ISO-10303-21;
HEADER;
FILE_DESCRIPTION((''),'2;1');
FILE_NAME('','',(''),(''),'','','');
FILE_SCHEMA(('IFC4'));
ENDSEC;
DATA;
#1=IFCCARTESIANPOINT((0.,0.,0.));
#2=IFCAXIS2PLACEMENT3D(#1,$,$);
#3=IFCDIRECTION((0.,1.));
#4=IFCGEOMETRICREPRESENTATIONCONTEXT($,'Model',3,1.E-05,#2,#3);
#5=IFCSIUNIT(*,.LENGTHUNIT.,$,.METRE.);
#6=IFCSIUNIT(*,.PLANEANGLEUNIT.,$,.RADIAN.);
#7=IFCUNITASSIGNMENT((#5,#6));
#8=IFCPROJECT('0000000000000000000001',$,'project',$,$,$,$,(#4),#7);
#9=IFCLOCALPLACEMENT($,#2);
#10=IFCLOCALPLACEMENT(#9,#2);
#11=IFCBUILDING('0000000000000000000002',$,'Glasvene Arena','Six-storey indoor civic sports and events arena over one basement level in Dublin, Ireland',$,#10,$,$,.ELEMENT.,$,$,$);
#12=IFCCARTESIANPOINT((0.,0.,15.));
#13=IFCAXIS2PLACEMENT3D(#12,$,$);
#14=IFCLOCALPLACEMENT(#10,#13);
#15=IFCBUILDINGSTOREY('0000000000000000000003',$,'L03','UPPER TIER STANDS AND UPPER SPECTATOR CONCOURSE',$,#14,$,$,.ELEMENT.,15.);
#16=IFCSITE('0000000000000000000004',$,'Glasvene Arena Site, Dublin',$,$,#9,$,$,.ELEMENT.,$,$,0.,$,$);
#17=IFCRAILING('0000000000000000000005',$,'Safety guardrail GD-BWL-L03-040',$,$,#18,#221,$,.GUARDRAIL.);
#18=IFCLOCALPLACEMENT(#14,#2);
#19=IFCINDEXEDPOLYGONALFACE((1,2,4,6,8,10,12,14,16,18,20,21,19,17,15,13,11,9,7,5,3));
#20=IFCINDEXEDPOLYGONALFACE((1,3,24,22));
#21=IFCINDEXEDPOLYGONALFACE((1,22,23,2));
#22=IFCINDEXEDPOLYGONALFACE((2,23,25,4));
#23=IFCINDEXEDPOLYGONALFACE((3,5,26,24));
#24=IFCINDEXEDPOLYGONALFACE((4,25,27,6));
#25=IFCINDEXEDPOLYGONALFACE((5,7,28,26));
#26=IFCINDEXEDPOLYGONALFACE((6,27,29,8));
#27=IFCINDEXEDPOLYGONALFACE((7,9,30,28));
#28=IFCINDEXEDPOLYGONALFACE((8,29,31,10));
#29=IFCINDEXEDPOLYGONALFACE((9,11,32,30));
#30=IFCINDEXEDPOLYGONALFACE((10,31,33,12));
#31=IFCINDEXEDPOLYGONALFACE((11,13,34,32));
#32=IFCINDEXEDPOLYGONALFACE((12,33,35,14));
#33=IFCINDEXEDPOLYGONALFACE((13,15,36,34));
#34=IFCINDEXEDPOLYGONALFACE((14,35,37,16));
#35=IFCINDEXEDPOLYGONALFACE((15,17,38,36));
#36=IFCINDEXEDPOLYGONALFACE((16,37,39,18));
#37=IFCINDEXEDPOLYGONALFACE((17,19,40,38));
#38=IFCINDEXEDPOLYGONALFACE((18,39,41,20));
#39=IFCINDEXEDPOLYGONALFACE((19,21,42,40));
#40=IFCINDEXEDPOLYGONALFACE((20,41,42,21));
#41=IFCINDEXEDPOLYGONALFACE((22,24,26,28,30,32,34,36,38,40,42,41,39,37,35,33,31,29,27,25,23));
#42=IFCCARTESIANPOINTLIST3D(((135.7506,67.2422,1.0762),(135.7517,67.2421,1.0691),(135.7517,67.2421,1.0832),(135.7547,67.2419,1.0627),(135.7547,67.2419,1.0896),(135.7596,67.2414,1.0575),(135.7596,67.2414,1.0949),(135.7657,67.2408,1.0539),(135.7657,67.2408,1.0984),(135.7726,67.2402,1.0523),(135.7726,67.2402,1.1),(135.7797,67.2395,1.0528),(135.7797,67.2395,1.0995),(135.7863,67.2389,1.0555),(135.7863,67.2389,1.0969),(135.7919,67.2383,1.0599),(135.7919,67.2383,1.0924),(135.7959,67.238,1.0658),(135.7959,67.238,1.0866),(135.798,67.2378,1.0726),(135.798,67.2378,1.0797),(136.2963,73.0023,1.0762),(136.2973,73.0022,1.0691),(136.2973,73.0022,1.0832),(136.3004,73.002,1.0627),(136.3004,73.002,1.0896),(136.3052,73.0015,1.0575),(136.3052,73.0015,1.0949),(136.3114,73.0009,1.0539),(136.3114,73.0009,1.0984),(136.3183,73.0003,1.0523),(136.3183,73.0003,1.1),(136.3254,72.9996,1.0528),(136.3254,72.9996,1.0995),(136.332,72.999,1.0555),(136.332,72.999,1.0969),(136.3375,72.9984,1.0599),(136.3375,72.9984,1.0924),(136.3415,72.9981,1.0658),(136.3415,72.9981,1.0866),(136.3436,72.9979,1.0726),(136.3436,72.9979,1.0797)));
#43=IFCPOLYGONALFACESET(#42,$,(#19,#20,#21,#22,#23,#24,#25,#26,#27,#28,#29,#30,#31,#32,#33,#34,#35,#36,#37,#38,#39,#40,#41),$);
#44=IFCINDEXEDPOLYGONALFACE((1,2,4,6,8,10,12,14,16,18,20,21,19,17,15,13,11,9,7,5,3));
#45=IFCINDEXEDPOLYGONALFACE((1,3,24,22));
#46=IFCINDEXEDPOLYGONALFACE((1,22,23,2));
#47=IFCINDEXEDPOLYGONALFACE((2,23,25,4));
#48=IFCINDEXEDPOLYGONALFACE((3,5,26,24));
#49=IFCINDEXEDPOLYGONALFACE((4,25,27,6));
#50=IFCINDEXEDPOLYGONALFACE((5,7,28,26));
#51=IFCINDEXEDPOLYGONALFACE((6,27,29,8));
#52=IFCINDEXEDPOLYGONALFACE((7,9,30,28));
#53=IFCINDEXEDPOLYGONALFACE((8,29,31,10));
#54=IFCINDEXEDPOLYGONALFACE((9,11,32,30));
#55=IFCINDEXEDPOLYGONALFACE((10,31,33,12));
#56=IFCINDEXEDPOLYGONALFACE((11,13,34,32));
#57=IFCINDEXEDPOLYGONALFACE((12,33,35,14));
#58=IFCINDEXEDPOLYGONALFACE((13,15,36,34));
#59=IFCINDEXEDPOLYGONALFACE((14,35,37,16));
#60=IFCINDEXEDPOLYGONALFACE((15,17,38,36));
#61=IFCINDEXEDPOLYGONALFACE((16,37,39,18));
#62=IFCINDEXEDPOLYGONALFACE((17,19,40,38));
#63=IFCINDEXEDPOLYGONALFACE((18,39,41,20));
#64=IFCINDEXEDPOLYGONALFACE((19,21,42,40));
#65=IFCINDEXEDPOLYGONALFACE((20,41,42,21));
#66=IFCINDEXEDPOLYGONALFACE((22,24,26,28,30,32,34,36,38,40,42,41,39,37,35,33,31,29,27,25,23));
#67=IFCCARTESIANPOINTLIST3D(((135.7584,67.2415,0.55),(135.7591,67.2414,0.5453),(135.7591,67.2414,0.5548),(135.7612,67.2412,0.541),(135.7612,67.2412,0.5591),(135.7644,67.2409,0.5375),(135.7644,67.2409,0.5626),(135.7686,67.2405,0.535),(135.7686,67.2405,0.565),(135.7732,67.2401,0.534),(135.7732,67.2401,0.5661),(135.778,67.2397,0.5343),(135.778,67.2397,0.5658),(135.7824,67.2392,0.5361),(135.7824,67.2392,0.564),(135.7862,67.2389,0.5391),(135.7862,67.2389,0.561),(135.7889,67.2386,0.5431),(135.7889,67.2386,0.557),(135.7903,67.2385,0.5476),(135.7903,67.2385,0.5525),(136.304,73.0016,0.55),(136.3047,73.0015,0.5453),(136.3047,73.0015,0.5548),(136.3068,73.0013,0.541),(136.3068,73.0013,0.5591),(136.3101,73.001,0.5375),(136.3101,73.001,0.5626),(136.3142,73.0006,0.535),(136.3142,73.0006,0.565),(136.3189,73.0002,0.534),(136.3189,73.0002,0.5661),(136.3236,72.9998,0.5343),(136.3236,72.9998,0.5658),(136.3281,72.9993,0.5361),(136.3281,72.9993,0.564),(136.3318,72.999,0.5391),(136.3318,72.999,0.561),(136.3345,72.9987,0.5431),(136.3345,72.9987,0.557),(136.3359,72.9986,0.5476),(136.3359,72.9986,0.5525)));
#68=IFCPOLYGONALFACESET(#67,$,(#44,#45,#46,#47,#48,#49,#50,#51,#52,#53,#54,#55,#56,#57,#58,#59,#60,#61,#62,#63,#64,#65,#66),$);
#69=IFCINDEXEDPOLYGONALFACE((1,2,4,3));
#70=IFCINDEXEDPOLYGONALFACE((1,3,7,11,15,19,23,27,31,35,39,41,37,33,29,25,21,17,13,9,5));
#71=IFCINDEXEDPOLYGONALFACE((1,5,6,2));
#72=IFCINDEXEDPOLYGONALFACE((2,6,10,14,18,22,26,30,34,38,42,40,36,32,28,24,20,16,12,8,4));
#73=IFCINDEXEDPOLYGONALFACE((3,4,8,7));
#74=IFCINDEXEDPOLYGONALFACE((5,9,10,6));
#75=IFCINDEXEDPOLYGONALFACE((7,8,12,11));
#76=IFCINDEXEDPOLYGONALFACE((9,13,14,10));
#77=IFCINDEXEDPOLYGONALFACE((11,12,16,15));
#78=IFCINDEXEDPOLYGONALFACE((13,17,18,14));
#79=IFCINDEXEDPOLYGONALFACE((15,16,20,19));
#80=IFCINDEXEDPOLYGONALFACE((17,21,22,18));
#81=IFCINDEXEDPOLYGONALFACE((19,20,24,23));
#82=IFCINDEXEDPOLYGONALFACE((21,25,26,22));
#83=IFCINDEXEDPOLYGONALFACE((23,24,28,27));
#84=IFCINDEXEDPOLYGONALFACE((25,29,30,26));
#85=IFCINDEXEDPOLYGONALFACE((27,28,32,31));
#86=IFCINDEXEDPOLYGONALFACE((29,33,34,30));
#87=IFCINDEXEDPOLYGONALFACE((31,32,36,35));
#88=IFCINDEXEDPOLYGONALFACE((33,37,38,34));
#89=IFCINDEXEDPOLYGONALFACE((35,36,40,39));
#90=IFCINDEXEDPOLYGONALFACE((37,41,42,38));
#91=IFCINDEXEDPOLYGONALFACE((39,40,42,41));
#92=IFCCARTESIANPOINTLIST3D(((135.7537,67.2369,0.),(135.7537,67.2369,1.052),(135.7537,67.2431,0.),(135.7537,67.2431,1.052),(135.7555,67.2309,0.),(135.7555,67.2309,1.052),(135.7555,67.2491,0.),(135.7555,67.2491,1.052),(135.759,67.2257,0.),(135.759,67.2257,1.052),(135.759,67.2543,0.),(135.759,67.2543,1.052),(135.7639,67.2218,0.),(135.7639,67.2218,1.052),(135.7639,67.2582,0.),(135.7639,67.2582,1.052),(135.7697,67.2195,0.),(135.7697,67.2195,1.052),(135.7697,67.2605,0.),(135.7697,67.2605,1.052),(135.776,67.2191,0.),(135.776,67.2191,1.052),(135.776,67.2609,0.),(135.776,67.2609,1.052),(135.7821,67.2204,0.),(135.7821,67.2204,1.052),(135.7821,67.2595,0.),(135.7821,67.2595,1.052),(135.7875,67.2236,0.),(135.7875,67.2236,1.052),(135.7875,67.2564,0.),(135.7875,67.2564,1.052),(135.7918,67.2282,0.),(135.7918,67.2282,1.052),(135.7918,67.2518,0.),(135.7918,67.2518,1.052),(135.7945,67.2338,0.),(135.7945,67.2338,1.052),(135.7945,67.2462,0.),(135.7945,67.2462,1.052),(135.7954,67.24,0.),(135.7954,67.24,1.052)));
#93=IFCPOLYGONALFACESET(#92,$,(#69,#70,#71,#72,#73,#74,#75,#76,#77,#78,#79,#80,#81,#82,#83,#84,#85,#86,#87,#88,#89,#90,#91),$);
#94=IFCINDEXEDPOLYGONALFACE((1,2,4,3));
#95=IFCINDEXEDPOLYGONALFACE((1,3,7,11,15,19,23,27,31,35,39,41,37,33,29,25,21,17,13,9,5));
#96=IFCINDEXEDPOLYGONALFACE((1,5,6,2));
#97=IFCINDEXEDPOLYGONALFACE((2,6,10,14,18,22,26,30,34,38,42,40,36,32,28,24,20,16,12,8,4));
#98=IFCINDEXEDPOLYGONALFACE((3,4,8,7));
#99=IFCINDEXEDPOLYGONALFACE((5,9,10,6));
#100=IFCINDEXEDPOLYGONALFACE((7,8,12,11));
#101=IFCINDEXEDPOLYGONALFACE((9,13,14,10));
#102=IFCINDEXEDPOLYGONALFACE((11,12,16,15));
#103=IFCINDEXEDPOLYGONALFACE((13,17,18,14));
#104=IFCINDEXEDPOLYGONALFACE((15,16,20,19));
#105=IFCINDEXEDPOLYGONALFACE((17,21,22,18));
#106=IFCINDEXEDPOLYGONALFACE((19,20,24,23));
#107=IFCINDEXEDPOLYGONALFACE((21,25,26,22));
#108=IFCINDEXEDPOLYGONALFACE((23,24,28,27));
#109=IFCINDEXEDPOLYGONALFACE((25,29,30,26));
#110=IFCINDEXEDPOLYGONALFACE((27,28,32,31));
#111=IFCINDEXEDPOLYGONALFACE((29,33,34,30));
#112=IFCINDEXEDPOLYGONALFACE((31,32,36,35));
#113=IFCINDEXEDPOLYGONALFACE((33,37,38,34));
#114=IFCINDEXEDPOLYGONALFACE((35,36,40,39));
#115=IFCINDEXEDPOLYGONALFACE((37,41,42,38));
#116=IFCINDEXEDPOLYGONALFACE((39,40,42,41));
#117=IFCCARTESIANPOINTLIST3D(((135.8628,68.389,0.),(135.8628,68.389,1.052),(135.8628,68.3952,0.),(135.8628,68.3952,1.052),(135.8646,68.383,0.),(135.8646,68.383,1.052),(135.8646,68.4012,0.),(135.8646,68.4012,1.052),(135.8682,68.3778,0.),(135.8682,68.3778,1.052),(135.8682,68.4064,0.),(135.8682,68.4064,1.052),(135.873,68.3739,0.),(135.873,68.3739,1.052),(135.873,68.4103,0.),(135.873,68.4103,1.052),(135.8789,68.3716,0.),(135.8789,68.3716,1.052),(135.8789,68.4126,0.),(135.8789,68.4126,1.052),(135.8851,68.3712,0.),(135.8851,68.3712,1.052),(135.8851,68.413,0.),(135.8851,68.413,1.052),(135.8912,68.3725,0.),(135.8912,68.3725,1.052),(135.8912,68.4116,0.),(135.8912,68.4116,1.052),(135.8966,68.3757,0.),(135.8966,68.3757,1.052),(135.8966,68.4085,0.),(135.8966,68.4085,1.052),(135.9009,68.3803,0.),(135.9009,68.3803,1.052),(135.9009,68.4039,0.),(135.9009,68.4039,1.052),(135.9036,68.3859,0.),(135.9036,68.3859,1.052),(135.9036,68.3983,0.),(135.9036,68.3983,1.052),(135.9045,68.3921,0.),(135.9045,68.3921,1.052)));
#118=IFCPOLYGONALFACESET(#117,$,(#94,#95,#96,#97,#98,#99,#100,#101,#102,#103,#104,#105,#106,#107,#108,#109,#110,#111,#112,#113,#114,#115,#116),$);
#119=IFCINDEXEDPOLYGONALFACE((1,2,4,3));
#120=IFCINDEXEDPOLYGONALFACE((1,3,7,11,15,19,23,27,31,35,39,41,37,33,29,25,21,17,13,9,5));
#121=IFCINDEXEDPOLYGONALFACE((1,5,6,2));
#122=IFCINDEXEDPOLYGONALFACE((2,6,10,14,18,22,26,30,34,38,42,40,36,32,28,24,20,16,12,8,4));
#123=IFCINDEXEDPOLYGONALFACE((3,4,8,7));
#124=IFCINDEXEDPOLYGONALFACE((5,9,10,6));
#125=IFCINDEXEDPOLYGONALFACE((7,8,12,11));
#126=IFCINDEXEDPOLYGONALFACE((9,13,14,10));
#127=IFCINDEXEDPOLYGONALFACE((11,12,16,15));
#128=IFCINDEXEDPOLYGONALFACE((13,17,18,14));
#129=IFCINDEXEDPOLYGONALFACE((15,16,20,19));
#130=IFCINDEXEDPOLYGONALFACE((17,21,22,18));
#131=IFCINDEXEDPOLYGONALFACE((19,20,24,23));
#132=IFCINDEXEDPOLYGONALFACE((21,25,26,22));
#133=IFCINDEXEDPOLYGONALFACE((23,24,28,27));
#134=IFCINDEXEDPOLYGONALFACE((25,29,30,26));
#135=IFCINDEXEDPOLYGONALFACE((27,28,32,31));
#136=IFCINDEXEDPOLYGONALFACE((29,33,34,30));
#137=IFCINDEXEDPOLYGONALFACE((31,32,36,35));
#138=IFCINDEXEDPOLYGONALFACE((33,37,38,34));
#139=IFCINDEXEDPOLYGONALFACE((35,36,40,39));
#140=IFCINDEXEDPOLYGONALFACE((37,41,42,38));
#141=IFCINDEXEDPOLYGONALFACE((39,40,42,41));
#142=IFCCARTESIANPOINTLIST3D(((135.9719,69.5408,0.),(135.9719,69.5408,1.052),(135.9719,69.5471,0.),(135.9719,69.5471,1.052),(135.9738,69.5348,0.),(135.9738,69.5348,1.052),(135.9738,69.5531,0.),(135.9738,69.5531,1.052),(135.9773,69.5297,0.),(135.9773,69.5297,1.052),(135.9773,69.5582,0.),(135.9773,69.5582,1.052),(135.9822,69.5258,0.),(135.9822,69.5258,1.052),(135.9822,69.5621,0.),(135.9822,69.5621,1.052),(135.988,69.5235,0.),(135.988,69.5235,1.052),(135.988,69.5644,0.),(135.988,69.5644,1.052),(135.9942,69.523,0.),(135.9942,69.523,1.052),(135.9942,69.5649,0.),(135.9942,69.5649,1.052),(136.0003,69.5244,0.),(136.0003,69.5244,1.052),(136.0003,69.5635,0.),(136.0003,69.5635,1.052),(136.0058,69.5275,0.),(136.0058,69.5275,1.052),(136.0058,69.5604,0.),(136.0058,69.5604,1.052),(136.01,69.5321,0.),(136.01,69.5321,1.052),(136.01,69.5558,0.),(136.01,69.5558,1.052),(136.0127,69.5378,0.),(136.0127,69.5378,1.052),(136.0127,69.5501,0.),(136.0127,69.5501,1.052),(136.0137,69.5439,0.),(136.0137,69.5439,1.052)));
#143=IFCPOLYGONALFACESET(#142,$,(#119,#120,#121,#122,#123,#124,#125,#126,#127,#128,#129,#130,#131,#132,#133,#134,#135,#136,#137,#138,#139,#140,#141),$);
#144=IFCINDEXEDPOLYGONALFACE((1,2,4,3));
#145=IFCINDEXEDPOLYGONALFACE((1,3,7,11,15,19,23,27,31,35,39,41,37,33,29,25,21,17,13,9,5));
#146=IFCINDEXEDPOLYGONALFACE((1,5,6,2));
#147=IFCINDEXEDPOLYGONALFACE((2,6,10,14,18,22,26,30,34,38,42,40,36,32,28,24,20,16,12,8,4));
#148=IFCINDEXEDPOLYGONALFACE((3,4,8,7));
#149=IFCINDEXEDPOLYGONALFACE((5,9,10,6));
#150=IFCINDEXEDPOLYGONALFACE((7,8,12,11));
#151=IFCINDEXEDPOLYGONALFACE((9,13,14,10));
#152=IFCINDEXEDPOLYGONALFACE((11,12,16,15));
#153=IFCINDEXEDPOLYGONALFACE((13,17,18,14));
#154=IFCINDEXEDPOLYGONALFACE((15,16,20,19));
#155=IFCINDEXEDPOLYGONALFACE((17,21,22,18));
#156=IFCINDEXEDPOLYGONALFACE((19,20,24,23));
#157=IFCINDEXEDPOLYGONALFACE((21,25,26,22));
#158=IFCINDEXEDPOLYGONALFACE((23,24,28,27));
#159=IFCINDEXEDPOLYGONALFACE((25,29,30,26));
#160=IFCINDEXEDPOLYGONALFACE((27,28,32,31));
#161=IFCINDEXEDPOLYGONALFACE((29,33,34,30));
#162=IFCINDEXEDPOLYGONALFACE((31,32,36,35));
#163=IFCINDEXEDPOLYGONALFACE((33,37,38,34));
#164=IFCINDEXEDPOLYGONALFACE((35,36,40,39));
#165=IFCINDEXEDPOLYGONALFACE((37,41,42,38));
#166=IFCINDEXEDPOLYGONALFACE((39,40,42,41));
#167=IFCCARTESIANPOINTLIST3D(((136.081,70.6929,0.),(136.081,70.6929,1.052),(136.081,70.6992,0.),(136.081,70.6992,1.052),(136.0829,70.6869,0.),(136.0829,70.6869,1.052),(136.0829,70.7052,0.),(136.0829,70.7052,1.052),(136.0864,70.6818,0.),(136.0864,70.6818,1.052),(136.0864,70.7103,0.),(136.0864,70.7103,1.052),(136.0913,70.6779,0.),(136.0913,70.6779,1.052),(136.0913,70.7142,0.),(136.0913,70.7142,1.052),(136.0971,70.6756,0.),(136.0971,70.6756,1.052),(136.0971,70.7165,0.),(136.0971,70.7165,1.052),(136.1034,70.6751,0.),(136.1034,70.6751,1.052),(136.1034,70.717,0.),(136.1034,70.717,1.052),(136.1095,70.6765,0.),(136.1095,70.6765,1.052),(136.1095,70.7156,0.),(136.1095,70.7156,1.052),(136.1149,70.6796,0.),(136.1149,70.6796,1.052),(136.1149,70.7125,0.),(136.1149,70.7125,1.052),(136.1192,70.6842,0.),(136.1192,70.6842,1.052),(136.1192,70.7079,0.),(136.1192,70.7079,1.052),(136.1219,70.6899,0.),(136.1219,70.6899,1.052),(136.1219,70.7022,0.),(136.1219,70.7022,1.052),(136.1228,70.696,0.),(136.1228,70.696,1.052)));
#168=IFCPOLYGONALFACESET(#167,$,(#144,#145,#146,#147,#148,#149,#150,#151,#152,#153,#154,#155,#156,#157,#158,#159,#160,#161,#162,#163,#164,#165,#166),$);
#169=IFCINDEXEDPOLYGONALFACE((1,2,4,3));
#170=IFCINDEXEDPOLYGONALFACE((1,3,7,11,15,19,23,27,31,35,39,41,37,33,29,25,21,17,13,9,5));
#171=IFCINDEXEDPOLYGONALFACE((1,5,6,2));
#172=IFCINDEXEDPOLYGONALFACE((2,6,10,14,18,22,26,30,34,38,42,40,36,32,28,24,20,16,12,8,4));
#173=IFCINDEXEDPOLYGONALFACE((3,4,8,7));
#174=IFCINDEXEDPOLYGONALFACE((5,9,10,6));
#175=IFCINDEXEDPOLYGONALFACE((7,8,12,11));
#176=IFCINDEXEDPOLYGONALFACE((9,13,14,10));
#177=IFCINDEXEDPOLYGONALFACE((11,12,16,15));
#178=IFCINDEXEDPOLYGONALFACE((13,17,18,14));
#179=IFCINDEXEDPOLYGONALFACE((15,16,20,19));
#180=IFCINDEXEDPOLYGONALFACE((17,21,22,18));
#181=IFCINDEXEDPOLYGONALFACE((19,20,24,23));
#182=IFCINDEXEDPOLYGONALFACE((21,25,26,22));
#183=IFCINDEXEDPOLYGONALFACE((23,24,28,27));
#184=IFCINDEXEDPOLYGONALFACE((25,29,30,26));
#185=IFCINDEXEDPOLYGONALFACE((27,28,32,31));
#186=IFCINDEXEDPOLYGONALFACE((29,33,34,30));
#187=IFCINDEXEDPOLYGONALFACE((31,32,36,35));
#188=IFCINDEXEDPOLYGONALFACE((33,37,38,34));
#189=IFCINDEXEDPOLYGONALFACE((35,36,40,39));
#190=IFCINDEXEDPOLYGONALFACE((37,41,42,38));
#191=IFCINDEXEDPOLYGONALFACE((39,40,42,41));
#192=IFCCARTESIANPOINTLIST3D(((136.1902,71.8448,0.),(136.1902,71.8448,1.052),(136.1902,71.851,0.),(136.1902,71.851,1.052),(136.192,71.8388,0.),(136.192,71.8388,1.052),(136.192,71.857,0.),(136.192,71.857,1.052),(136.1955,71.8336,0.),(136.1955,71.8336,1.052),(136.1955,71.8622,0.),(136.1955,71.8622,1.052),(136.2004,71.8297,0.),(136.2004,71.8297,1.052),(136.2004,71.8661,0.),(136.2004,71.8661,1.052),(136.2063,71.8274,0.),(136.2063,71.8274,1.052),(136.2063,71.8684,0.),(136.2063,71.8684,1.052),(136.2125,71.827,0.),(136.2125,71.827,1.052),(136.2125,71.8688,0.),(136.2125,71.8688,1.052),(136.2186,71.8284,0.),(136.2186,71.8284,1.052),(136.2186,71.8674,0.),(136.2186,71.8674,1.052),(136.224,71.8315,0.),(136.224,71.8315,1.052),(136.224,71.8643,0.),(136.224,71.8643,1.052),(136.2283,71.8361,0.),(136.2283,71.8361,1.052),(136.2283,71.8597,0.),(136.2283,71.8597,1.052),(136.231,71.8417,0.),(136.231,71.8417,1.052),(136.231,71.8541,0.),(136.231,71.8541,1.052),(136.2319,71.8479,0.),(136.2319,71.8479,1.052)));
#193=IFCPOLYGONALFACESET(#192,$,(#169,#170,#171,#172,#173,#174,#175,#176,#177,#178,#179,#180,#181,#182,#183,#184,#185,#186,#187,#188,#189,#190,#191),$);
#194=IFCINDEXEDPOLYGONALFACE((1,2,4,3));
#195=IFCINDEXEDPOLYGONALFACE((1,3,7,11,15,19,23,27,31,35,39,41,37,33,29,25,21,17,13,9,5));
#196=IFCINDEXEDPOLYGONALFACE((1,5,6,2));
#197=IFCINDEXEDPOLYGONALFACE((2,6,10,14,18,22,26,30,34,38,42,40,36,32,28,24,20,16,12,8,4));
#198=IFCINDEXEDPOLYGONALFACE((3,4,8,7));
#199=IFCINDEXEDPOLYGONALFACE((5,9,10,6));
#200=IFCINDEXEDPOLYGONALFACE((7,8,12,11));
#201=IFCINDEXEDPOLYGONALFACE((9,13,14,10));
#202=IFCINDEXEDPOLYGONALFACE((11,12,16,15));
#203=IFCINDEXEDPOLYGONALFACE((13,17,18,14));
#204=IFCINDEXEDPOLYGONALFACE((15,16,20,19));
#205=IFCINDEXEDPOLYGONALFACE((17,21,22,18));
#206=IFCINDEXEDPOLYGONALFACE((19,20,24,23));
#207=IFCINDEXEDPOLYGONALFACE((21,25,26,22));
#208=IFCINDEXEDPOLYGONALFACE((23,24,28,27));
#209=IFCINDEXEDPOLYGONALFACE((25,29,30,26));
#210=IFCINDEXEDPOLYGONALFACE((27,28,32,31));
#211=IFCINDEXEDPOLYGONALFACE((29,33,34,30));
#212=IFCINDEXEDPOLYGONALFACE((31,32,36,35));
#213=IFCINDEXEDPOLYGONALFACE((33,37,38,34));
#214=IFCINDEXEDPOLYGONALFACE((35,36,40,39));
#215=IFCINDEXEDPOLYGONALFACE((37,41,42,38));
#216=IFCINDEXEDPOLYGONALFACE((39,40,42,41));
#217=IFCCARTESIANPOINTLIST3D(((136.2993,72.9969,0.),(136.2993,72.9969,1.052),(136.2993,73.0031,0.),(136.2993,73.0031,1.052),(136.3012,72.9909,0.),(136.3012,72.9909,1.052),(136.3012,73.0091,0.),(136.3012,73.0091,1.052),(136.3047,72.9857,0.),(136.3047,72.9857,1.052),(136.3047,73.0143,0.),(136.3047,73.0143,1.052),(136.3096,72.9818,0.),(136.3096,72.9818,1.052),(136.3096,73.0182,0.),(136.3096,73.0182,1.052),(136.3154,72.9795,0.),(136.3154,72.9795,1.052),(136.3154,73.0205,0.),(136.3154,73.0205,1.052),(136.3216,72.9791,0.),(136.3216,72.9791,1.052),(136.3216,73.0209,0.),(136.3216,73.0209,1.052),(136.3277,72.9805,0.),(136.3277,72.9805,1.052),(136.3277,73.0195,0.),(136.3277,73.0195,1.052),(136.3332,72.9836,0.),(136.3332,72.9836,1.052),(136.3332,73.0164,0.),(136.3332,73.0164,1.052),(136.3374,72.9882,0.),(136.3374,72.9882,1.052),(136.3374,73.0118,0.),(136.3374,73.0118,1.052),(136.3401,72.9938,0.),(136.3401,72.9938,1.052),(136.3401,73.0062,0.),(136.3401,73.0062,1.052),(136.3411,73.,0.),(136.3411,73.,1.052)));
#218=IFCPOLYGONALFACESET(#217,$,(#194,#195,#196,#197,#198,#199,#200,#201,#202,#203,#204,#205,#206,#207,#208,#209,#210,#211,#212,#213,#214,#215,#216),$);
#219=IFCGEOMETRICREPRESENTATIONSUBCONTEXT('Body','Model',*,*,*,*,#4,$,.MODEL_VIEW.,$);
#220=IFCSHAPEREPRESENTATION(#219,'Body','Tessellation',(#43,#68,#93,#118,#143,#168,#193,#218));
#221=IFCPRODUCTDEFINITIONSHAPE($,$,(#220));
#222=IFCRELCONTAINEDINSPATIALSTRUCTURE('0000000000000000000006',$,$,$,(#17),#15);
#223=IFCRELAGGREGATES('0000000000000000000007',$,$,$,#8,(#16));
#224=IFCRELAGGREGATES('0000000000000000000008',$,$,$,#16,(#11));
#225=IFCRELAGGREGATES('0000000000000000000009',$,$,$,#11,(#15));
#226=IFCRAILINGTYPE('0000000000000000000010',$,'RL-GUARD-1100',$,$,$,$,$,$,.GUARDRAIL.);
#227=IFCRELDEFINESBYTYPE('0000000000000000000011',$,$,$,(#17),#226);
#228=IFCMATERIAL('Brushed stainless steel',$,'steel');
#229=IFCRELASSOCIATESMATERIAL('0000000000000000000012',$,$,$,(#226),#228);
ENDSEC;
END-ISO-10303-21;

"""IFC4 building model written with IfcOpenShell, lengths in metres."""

from ifc_helpers import new_model, si_unit, direction, frame, origin, origin_2d, place, context, subcontext, project, spatial, circle, extrude, material, type_object, element, save


model = new_model("IFC4")

# Units and contexts
model_context = context("Model", 3, precision=1e-05, world=origin(), true_north=direction((0.0, 1.0)))
body_context = subcontext(model_context, "Body", "Model", "MODEL_VIEW")
ifc_project = project(units=[si_unit("LENGTHUNIT", "METRE"), si_unit("PLANEANGLEUNIT", "RADIAN")], contexts=[model_context])

# Site, building, storey
site_placement = place(None, origin())
site = spatial("IfcSite", under=ifc_project, at=site_placement, Name="Glasvene Arena Site, Dublin", CompositionType="ELEMENT", RefElevation=0.0)
building_placement = place(site_placement, origin())
building = spatial("IfcBuilding", under=site, at=building_placement, Name="Glasvene Arena", Description="Six-storey indoor civic sports and events arena over one basement level in Dublin, Ireland", CompositionType="ELEMENT")
storey_placement = place(building_placement, frame((0.0, 0.0, 15.0)))
storey = spatial("IfcBuildingStorey", under=building, at=storey_placement, Name="L03", Description="UPPER TIER STANDS AND UPPER SPECTATOR CONCOURSE", CompositionType="ELEMENT", Elevation=15.0)

# Railing
ifc_material_1 = material(Name="Brushed stainless steel", Category="steel")
railing_type = type_object("IfcRailingType", Name="RL-GUARD-1100", PredefinedType="GUARDRAIL", material=ifc_material_1)
railing_1_placement = place(storey_placement, frame((135.7744, 67.24, 0.0)))
element("IfcRailing", 1, at=railing_1_placement, inside=storey, type_object=railing_type, Name="Safety guardrail GD-BWL-L03-040", PredefinedType="GUARDRAIL", context=body_context, shape_type="SweptSolid", body=[
    extrude(circle(Radius=0.0239, at=origin_2d()), frame((0.0, 0.0, 1.0762), z_axis=(0.094309, 0.995543, 0.0), x_axis=(-0.995543, 0.094309, 0.0)), (0.0, 0.0, 1.0), 5.7859),
    extrude(circle(Radius=0.0161, at=origin_2d()), frame((0.0, 0.0, 0.55), z_axis=(0.094309, 0.995543, 0.0), x_axis=(-0.995543, 0.094309, 0.0)), (0.0, 0.0, 1.0), 5.7859),
    extrude(circle(Radius=0.021, at=origin_2d()), origin(), (0.0, 0.0, 1.0), 1.052),
    extrude(circle(Radius=0.021, at=origin_2d()), frame((0.1091, 1.1521, 0.0)), (0.0, 0.0, 1.0), 1.052),
    extrude(circle(Radius=0.021, at=origin_2d()), frame((0.2183, 2.304, 0.0)), (0.0, 0.0, 1.0), 1.052),
    extrude(circle(Radius=0.021, at=origin_2d()), frame((0.3274, 3.4561, 0.0)), (0.0, 0.0, 1.0), 1.052),
    extrude(circle(Radius=0.021, at=origin_2d()), frame((0.4365, 4.6079, 0.0)), (0.0, 0.0, 1.0), 1.052),
    extrude(circle(Radius=0.021, at=origin_2d()), frame((0.5457, 5.76, 0.0)), (0.0, 0.0, 1.0), 1.052),
])

save(model, "model.ifc")
